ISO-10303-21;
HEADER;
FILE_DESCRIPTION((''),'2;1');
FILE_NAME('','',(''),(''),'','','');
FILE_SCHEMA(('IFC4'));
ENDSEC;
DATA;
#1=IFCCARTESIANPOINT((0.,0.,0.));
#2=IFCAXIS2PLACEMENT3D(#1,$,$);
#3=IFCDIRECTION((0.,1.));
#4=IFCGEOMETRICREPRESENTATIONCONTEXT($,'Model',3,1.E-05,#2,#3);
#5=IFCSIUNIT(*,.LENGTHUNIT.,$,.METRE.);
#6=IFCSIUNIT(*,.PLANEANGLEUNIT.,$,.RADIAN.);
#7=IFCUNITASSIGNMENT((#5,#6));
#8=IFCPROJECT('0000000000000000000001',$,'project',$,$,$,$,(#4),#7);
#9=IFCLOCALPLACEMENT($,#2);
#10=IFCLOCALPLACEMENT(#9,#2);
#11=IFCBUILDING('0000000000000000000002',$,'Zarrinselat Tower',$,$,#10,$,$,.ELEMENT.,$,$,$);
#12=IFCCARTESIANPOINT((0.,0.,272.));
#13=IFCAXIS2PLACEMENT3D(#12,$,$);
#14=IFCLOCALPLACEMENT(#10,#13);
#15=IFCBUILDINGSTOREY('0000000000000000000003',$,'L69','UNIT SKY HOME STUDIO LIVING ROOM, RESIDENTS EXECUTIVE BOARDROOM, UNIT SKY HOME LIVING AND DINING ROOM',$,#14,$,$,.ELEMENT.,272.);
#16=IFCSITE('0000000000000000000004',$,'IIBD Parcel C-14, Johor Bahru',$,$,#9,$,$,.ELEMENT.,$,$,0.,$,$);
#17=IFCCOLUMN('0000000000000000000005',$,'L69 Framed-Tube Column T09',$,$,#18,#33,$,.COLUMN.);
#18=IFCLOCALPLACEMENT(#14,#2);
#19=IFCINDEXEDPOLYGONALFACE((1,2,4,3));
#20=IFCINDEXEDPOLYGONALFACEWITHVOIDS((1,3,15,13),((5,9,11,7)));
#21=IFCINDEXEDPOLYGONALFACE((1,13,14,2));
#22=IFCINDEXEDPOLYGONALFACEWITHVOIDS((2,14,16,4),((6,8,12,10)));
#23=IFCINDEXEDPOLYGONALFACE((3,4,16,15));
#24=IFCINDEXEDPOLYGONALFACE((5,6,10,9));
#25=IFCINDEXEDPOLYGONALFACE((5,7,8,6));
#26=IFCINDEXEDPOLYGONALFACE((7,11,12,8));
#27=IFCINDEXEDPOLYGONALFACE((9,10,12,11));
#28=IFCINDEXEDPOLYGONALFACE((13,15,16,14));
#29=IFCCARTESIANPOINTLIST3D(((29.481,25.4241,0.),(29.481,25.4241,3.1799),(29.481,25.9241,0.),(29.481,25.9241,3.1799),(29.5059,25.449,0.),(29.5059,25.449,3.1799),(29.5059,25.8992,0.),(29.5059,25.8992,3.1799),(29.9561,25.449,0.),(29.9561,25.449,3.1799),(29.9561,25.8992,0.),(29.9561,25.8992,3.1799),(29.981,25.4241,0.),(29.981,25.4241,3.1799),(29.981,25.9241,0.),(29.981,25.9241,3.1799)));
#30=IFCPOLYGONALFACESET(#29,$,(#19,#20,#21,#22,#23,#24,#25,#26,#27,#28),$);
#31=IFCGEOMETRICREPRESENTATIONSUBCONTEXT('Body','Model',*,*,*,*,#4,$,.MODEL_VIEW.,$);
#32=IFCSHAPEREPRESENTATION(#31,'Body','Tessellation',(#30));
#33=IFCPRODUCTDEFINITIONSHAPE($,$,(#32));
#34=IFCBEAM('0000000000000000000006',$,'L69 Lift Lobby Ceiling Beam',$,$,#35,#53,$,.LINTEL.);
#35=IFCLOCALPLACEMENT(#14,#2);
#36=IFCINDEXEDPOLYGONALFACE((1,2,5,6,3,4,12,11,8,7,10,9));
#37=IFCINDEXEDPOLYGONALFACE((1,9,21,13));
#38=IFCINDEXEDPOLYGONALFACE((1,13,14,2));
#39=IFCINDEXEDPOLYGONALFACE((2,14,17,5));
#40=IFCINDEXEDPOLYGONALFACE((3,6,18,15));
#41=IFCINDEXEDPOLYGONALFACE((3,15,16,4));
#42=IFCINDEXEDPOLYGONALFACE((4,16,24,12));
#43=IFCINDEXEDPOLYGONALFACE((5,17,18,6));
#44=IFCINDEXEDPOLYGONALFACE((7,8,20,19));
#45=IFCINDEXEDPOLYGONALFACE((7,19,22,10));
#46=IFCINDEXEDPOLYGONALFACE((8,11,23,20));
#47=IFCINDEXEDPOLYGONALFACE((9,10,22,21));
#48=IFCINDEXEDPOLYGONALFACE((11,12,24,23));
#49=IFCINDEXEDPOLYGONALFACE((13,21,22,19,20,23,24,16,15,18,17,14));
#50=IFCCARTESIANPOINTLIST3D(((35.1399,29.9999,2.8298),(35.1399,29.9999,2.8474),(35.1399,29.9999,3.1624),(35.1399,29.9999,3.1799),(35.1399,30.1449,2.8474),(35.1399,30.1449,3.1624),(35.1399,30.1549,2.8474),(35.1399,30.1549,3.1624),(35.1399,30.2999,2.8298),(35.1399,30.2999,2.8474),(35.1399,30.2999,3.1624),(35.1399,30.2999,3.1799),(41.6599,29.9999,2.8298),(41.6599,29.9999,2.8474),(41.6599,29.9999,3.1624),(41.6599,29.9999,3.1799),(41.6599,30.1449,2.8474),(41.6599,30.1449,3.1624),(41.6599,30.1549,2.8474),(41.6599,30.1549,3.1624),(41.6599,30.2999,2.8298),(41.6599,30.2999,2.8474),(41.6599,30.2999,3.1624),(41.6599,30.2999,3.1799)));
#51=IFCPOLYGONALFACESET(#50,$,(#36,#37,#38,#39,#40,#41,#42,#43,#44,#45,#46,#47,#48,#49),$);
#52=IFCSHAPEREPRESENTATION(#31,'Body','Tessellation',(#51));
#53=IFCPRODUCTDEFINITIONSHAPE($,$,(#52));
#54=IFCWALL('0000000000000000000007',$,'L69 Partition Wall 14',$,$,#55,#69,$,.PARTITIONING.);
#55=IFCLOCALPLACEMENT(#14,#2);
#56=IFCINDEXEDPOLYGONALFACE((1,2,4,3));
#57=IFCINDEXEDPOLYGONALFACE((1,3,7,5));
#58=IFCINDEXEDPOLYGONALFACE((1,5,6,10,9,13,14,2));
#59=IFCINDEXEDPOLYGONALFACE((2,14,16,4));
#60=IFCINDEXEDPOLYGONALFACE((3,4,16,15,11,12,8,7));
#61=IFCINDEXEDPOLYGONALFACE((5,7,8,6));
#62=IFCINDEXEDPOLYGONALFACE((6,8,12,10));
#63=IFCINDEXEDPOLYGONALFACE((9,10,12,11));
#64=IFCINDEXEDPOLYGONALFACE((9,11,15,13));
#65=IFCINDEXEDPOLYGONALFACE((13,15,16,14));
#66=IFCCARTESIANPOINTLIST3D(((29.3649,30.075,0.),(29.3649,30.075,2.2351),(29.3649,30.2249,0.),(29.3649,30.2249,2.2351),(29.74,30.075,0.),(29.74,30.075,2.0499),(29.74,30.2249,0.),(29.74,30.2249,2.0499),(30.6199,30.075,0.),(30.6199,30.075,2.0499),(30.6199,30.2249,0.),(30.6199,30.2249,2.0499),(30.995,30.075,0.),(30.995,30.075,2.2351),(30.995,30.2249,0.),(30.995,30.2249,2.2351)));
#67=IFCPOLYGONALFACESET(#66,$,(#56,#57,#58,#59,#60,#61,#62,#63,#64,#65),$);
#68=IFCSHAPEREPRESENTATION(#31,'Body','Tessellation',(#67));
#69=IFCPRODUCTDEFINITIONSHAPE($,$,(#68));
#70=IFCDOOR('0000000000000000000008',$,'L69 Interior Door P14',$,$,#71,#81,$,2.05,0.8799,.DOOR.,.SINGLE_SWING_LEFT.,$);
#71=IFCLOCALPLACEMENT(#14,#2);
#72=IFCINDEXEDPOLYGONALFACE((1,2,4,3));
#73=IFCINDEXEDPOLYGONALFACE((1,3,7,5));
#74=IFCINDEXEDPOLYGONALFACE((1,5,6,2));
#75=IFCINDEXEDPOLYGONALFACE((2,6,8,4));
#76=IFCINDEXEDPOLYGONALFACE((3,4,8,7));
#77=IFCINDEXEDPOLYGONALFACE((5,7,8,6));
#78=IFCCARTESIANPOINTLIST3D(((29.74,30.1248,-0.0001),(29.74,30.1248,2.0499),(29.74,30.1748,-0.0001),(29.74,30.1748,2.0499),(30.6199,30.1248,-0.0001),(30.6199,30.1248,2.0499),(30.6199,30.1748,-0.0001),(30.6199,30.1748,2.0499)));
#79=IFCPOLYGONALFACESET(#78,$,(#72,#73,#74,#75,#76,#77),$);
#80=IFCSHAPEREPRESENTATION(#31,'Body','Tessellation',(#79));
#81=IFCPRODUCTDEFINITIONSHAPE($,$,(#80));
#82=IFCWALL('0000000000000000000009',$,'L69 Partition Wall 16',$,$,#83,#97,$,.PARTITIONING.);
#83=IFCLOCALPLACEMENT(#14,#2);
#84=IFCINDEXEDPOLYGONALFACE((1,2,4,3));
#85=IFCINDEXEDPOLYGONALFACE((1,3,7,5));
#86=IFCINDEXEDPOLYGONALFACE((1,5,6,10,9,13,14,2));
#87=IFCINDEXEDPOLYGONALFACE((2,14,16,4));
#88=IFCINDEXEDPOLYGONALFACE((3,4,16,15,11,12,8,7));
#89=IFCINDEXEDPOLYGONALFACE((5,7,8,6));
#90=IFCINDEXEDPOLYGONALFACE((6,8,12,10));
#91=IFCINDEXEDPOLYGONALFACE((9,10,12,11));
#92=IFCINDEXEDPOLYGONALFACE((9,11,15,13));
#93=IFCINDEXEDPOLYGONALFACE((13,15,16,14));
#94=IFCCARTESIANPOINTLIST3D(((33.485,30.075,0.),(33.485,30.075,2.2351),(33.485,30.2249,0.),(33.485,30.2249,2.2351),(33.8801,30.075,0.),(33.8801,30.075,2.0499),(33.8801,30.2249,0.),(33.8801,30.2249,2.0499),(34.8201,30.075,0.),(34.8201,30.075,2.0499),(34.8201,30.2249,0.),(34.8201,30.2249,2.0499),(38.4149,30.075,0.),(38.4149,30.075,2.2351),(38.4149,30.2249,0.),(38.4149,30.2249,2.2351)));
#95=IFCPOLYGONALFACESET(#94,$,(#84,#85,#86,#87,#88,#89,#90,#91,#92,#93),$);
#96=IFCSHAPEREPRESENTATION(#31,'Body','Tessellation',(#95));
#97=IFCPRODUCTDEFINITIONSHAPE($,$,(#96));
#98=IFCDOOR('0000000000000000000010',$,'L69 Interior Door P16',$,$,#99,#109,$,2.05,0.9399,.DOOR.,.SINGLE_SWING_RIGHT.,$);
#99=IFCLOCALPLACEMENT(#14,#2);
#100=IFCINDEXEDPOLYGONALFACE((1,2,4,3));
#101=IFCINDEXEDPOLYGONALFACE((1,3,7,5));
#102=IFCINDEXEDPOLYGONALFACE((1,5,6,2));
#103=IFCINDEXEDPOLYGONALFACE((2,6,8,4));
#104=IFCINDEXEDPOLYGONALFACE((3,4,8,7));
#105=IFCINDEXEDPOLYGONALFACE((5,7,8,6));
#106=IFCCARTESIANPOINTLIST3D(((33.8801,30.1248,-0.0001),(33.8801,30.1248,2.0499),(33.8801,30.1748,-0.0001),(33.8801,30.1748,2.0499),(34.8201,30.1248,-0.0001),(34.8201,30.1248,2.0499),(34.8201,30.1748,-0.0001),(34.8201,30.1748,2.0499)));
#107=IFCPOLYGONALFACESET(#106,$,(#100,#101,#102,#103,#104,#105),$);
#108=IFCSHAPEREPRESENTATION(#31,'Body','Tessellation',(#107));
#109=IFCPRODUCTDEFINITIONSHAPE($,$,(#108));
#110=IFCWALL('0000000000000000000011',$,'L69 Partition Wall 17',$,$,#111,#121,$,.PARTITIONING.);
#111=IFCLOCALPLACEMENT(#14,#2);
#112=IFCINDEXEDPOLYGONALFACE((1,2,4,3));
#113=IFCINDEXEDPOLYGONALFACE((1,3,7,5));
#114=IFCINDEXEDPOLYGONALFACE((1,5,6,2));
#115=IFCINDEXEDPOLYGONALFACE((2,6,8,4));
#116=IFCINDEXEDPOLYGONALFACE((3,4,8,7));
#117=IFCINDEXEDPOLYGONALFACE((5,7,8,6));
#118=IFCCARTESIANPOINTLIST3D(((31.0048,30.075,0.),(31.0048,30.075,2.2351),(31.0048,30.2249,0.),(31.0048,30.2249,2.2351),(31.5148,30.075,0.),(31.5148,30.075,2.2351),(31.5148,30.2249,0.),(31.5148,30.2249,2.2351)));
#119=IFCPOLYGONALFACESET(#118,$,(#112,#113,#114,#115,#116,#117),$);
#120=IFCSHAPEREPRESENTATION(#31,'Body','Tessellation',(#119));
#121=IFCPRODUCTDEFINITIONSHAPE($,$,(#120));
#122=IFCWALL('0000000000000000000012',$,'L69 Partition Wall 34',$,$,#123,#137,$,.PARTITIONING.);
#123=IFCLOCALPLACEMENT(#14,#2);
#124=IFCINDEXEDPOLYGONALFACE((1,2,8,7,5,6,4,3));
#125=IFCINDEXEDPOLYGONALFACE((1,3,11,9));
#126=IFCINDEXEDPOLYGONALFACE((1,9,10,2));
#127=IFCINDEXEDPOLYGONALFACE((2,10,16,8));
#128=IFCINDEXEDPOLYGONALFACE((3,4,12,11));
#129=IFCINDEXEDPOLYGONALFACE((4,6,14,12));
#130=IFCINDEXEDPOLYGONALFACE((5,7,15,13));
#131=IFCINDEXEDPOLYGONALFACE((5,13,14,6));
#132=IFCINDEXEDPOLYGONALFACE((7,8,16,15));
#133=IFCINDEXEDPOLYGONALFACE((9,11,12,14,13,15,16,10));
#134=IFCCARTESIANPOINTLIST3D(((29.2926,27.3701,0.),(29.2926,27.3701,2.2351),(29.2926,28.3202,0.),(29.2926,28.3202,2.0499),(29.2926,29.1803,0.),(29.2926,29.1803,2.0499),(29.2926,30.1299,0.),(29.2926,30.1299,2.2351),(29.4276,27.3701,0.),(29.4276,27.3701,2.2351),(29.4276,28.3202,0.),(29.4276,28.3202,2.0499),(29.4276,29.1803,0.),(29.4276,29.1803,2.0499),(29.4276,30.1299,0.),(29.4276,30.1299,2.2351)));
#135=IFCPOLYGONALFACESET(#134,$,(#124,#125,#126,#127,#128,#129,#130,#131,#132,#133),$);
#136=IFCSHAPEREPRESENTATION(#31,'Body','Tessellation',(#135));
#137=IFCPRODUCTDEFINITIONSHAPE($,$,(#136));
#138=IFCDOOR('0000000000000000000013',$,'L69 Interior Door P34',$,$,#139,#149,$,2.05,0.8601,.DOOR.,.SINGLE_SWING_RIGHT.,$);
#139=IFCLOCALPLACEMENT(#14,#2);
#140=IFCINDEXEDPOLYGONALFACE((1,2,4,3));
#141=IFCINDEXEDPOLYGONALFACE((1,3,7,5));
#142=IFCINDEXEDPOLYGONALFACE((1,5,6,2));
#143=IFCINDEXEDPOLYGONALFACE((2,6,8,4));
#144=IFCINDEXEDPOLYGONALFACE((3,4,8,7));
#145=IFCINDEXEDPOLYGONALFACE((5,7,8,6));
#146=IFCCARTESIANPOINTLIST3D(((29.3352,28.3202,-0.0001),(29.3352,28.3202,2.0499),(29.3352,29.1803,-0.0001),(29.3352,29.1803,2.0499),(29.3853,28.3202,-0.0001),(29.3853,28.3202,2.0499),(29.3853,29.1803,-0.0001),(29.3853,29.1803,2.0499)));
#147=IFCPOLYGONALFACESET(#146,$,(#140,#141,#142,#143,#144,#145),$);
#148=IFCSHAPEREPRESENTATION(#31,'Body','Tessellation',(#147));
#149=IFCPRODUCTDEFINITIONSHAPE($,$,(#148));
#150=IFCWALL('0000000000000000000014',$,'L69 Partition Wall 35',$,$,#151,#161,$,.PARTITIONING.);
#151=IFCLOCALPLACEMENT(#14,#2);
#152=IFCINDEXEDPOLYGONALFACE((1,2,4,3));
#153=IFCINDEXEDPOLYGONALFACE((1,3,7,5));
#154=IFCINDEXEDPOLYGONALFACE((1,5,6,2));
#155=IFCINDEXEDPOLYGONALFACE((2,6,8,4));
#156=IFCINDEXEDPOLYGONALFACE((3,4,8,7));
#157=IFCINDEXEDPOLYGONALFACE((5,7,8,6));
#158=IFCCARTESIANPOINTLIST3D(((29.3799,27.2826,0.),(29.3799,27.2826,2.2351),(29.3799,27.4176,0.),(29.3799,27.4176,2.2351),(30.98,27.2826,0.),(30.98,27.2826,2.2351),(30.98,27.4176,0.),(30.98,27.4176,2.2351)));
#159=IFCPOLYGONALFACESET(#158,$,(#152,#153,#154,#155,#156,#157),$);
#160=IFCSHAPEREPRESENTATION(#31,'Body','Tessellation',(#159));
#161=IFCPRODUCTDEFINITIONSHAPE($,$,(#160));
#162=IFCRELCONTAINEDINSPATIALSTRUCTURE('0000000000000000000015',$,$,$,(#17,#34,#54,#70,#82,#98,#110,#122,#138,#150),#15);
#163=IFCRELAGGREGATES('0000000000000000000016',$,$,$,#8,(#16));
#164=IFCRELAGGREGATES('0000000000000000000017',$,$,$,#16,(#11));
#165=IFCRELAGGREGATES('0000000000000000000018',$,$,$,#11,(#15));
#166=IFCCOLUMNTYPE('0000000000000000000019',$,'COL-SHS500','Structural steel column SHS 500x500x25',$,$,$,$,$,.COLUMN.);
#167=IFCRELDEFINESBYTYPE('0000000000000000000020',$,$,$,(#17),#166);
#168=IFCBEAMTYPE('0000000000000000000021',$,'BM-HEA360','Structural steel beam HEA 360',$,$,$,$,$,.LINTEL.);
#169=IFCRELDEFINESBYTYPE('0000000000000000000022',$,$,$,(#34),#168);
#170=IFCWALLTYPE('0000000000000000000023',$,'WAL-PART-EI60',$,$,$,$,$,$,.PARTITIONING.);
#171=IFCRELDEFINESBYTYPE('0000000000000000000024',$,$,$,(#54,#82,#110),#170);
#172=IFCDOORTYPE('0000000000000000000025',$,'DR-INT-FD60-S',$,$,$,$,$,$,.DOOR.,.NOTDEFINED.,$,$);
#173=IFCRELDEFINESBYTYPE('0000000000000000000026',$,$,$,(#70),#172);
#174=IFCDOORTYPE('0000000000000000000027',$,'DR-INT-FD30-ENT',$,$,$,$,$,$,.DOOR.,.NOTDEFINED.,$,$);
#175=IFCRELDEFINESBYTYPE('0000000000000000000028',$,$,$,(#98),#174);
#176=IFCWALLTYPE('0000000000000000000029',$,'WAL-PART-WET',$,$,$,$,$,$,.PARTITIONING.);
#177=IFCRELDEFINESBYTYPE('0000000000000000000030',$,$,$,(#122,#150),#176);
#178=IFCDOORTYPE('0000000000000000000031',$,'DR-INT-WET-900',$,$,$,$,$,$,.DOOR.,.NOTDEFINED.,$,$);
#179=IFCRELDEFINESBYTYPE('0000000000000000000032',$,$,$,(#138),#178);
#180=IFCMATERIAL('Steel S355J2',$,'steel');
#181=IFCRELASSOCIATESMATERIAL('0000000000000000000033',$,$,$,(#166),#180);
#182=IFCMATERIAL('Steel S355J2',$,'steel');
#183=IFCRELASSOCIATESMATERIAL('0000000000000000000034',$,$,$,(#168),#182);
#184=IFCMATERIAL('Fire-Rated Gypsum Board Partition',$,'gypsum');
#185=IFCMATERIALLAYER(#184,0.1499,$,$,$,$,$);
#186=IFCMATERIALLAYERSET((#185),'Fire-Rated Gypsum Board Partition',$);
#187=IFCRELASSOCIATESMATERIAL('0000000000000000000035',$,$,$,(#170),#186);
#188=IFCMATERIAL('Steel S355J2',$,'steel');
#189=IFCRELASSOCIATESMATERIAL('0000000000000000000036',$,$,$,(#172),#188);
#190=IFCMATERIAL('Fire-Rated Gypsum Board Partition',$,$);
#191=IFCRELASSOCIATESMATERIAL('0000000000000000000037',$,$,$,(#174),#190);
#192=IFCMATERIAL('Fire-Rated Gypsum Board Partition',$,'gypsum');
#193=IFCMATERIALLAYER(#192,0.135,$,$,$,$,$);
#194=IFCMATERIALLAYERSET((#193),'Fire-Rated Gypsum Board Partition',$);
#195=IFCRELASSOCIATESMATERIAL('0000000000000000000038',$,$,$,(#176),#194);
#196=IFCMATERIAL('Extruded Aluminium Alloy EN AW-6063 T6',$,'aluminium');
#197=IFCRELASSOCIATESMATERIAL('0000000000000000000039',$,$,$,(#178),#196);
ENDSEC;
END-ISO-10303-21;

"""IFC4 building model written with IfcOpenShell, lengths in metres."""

from ifc_helpers import new_model, si_unit, direction, frame, frame_2d, origin, origin_2d, place, context, subcontext, project, spatial, rectangle, hollow_rectangle, i_section, extrude, material, layer, layer_set, material_profile, profile_set, type_object, element, fill, save


model = new_model("IFC4")

# Units and contexts
model_context = context("Model", 3, precision=1e-05, world=origin(), true_north=direction((0.0, 1.0)))
body_context = subcontext(model_context, "Body", "Model", "MODEL_VIEW")
ifc_project = project(units=[si_unit("LENGTHUNIT", "METRE"), si_unit("PLANEANGLEUNIT", "RADIAN")], contexts=[model_context])

# Site, building, storey
site_placement = place(None, origin())
site = spatial("IfcSite", under=ifc_project, at=site_placement, Name="IIBD Parcel C-14, Johor Bahru", CompositionType="ELEMENT", RefElevation=0.0)
building_placement = place(site_placement, origin())
building = spatial("IfcBuilding", under=site, at=building_placement, Name="Zarrinselat Tower", CompositionType="ELEMENT")
storey_placement = place(building_placement, frame((0.0, 0.0, 272.0)))
storey = spatial("IfcBuildingStorey", under=building, at=storey_placement, Name="L69", Description="UNIT SKY HOME STUDIO LIVING ROOM, RESIDENTS EXECUTIVE BOARDROOM, UNIT SKY HOME LIVING AND DINING ROOM", CompositionType="ELEMENT", Elevation=272.0)

# Column
ifc_material_1 = material(Name="Steel S355J2", Category="steel")
ifc_material_profile_1 = material_profile(ifc_material_1, hollow_rectangle(XDim=0.5, YDim=0.5, WallThickness=0.0249, at=origin_2d()), Name="SHS 500x500x25")
ifc_profile_set_1 = profile_set([ifc_material_profile_1], Name="Steel S355J2")
column_type = type_object("IfcColumnType", Name="COL-SHS500", Description="Structural steel column SHS 500x500x25", PredefinedType="COLUMN", material=ifc_profile_set_1)
column_placement = place(storey_placement, frame((29.731, 25.6741, 0.0), z_axis=(0.0, 0.0, 1.0), x_axis=(1.0, 0.0, 0.0)))
element("IfcColumn", 1, at=column_placement, inside=storey, type_object=column_type, Name="L69 Framed-Tube Column T09", PredefinedType="COLUMN", context=body_context, shape_type="SweptSolid", body=[
    extrude(hollow_rectangle(XDim=0.5, YDim=0.5, WallThickness=0.0249, at=origin_2d()), origin(), (0.0, 0.0, 1.0), 3.1799),
])

# Beam
ifc_material_2 = material(Name="Steel S355J2", Category="steel")
ifc_material_profile_2 = material_profile(ifc_material_2, i_section(OverallWidth=0.3, OverallDepth=0.3501, WebThickness=0.01, FlangeThickness=0.0176, at=origin_2d()), Name="HEA 360")
ifc_profile_set_2 = profile_set([ifc_material_profile_2], Name="Steel S355J2")
beam_type = type_object("IfcBeamType", Name="BM-HEA360", Description="Structural steel beam HEA 360", PredefinedType="LINTEL", material=ifc_profile_set_2)
beam_placement = place(storey_placement, frame((35.1399, 30.1499, 3.0049), z_axis=(1.0, 0.0, 0.0), x_axis=(0.0, 1.0, 0.0)))
element("IfcBeam", 2, at=beam_placement, inside=storey, type_object=beam_type, Name="L69 Lift Lobby Ceiling Beam", PredefinedType="LINTEL", context=body_context, shape_type="SweptSolid", body=[
    extrude(i_section(OverallWidth=0.3, OverallDepth=0.3501, WebThickness=0.01, FlangeThickness=0.0176, at=origin_2d()), origin(), (0.0, 0.0, 1.0), 6.52),
])

# Walls, openings, doors
ifc_material_3 = material(Name="Fire-Rated Gypsum Board Partition", Category="gypsum")
ifc_layer_1 = layer(ifc_material_3, 0.1499)
ifc_layer_set_1 = layer_set([ifc_layer_1], Name="Fire-Rated Gypsum Board Partition")
wall_type_1 = type_object("IfcWallType", Name="WAL-PART-EI60", PredefinedType="PARTITIONING", material=ifc_layer_set_1)
wall_1_placement = place(storey_placement, frame((29.365, 30.1499, 0.0), z_axis=(0.0, 0.0, 1.0), x_axis=(1.0, 0.0, 0.0)))
wall_1 = element("IfcWall", 3, at=wall_1_placement, inside=storey, type_object=wall_type_1, Name="L69 Partition Wall 14", PredefinedType="PARTITIONING", context=body_context, shape_type="SweptSolid", body=[
    extrude(rectangle(XDim=1.6301, YDim=0.1499, at=frame_2d((0.8149, 0.0))), origin(), (0.0, 0.0, 1.0), 2.2351),
])
opening_1_placement = place(wall_1_placement, frame((0.375, 0.0, 0.0)))
opening_1 = element("IfcOpeningElement", 4, at=opening_1_placement, cuts=wall_1, PredefinedType="OPENING", context=body_context, shape_type="SweptSolid", body=[
    extrude(rectangle(XDim=0.8799, YDim=2.05, at=frame_2d((0.4399, 1.0249))), frame((0.0, 0.085, 0.0), z_axis=(0.0, -1.0, 0.0), x_axis=(1.0, 0.0, 0.0)), (0.0, 0.0, 1.0), 0.1699),
])
ifc_material_4 = material(Name="Steel S355J2", Category="steel")
door_type_1 = type_object("IfcDoorType", Name="DR-INT-FD60-S", OperationType="NOTDEFINED", PredefinedType="DOOR", material=ifc_material_4)
door_1_placement = place(opening_1_placement, origin())
door_1 = element("IfcDoor", 5, at=door_1_placement, inside=storey, type_object=door_type_1, Name="L69 Interior Door P14", OperationType="SINGLE_SWING_LEFT", OverallHeight=2.05, OverallWidth=0.8799, PredefinedType="DOOR", context=body_context, shape_type="SweptSolid", body=[
    extrude(rectangle(XDim=0.8799, YDim=2.05, at=frame_2d((0.4399, 1.0249))), frame((0.0, 0.0249, 0.0), z_axis=(0.0, -1.0, 0.0), x_axis=(1.0, 0.0, 0.0)), (0.0, 0.0, 1.0), 0.05),
])
fill(opening_1, door_1)
wall_2_placement = place(storey_placement, frame((33.4851, 30.1499, 0.0), z_axis=(0.0, 0.0, 1.0), x_axis=(1.0, 0.0, 0.0)))
wall_2 = element("IfcWall", 6, at=wall_2_placement, inside=storey, type_object=wall_type_1, Name="L69 Partition Wall 16", PredefinedType="PARTITIONING", context=body_context, shape_type="SweptSolid", body=[
    extrude(rectangle(XDim=4.9299, YDim=0.1499, at=frame_2d((2.4648, 0.0))), origin(), (0.0, 0.0, 1.0), 2.2351),
])
opening_2_placement = place(wall_2_placement, frame((0.395, 0.0, 0.0)))
opening_2 = element("IfcOpeningElement", 7, at=opening_2_placement, cuts=wall_2, PredefinedType="OPENING", context=body_context, shape_type="SweptSolid", body=[
    extrude(rectangle(XDim=0.9399, YDim=2.05, at=frame_2d((0.47, 1.0249))), frame((0.0, 0.085, 0.0), z_axis=(0.0, -1.0, 0.0), x_axis=(1.0, 0.0, 0.0)), (0.0, 0.0, 1.0), 0.1699),
])
ifc_material_5 = material(Name="Fire-Rated Gypsum Board Partition")
door_type_2 = type_object("IfcDoorType", Name="DR-INT-FD30-ENT", OperationType="NOTDEFINED", PredefinedType="DOOR", material=ifc_material_5)
door_2_placement = place(opening_2_placement, origin())
door_2 = element("IfcDoor", 8, at=door_2_placement, inside=storey, type_object=door_type_2, Name="L69 Interior Door P16", OperationType="SINGLE_SWING_RIGHT", OverallHeight=2.05, OverallWidth=0.9399, PredefinedType="DOOR", context=body_context, shape_type="SweptSolid", body=[
    extrude(rectangle(XDim=0.9399, YDim=2.05, at=frame_2d((0.47, 1.0249))), frame((0.0, 0.0249, 0.0), z_axis=(0.0, -1.0, 0.0), x_axis=(1.0, 0.0, 0.0)), (0.0, 0.0, 1.0), 0.05),
])
fill(opening_2, door_2)

# Wall
wall_3_placement = place(storey_placement, frame((31.0049, 30.1499, 0.0), z_axis=(0.0, 0.0, 1.0), x_axis=(1.0, 0.0, 0.0)))
element("IfcWall", 9, at=wall_3_placement, inside=storey, type_object=wall_type_1, Name="L69 Partition Wall 17", PredefinedType="PARTITIONING", context=body_context, shape_type="SweptSolid", body=[
    extrude(rectangle(XDim=0.51, YDim=0.1499, at=frame_2d((0.2549, 0.0))), origin(), (0.0, 0.0, 1.0), 2.2351),
])

# Wall, opening, door
ifc_material_6 = material(Name="Fire-Rated Gypsum Board Partition", Category="gypsum")
ifc_layer_2 = layer(ifc_material_6, 0.135)
ifc_layer_set_2 = layer_set([ifc_layer_2], Name="Fire-Rated Gypsum Board Partition")
wall_type_2 = type_object("IfcWallType", Name="WAL-PART-WET", PredefinedType="PARTITIONING", material=ifc_layer_set_2)
wall_4_placement = place(storey_placement, frame((29.3601, 27.3701, 0.0), z_axis=(0.0, 0.0, 1.0), x_axis=(0.0, 1.0, 0.0)))
wall_4 = element("IfcWall", 10, at=wall_4_placement, inside=storey, type_object=wall_type_2, Name="L69 Partition Wall 34", PredefinedType="PARTITIONING", context=body_context, shape_type="SweptSolid", body=[
    extrude(rectangle(XDim=2.7598, YDim=0.135, at=frame_2d((1.3799, 0.0))), origin(), (0.0, 0.0, 1.0), 2.2351),
])
opening_3_placement = place(wall_4_placement, frame((0.95, 0.0, 0.0)))
opening_3 = element("IfcOpeningElement", 11, at=opening_3_placement, cuts=wall_4, PredefinedType="OPENING", context=body_context, shape_type="SweptSolid", body=[
    extrude(rectangle(XDim=0.8601, YDim=2.05, at=frame_2d((0.4302, 1.0249))), frame((0.0, 0.0774, 0.0), z_axis=(0.0, -1.0, 0.0), x_axis=(1.0, 0.0, 0.0)), (0.0, 0.0, 1.0), 0.155),
])
ifc_material_7 = material(Name="Extruded Aluminium Alloy EN AW-6063 T6", Category="aluminium")
door_type_3 = type_object("IfcDoorType", Name="DR-INT-WET-900", OperationType="NOTDEFINED", PredefinedType="DOOR", material=ifc_material_7)
door_3_placement = place(opening_3_placement, origin())
door_3 = element("IfcDoor", 12, at=door_3_placement, inside=storey, type_object=door_type_3, Name="L69 Interior Door P34", OperationType="SINGLE_SWING_RIGHT", OverallHeight=2.05, OverallWidth=0.8601, PredefinedType="DOOR", context=body_context, shape_type="SweptSolid", body=[
    extrude(rectangle(XDim=0.8601, YDim=2.05, at=frame_2d((0.4302, 1.0249))), frame((0.0, 0.0249, 0.0), z_axis=(0.0, -1.0, 0.0), x_axis=(1.0, 0.0, 0.0)), (0.0, 0.0, 1.0), 0.05),
])
fill(opening_3, door_3)

# Wall
wall_5_placement = place(storey_placement, frame((29.3799, 27.3501, 0.0), z_axis=(0.0, 0.0, 1.0), x_axis=(1.0, 0.0, 0.0)))
element("IfcWall", 13, at=wall_5_placement, inside=storey, type_object=wall_type_2, Name="L69 Partition Wall 35", PredefinedType="PARTITIONING", context=body_context, shape_type="SweptSolid", body=[
    extrude(rectangle(XDim=1.6001, YDim=0.135, at=frame_2d((0.8, 0.0))), origin(), (0.0, 0.0, 1.0), 2.2351),
])

save(model, "model.ifc")
